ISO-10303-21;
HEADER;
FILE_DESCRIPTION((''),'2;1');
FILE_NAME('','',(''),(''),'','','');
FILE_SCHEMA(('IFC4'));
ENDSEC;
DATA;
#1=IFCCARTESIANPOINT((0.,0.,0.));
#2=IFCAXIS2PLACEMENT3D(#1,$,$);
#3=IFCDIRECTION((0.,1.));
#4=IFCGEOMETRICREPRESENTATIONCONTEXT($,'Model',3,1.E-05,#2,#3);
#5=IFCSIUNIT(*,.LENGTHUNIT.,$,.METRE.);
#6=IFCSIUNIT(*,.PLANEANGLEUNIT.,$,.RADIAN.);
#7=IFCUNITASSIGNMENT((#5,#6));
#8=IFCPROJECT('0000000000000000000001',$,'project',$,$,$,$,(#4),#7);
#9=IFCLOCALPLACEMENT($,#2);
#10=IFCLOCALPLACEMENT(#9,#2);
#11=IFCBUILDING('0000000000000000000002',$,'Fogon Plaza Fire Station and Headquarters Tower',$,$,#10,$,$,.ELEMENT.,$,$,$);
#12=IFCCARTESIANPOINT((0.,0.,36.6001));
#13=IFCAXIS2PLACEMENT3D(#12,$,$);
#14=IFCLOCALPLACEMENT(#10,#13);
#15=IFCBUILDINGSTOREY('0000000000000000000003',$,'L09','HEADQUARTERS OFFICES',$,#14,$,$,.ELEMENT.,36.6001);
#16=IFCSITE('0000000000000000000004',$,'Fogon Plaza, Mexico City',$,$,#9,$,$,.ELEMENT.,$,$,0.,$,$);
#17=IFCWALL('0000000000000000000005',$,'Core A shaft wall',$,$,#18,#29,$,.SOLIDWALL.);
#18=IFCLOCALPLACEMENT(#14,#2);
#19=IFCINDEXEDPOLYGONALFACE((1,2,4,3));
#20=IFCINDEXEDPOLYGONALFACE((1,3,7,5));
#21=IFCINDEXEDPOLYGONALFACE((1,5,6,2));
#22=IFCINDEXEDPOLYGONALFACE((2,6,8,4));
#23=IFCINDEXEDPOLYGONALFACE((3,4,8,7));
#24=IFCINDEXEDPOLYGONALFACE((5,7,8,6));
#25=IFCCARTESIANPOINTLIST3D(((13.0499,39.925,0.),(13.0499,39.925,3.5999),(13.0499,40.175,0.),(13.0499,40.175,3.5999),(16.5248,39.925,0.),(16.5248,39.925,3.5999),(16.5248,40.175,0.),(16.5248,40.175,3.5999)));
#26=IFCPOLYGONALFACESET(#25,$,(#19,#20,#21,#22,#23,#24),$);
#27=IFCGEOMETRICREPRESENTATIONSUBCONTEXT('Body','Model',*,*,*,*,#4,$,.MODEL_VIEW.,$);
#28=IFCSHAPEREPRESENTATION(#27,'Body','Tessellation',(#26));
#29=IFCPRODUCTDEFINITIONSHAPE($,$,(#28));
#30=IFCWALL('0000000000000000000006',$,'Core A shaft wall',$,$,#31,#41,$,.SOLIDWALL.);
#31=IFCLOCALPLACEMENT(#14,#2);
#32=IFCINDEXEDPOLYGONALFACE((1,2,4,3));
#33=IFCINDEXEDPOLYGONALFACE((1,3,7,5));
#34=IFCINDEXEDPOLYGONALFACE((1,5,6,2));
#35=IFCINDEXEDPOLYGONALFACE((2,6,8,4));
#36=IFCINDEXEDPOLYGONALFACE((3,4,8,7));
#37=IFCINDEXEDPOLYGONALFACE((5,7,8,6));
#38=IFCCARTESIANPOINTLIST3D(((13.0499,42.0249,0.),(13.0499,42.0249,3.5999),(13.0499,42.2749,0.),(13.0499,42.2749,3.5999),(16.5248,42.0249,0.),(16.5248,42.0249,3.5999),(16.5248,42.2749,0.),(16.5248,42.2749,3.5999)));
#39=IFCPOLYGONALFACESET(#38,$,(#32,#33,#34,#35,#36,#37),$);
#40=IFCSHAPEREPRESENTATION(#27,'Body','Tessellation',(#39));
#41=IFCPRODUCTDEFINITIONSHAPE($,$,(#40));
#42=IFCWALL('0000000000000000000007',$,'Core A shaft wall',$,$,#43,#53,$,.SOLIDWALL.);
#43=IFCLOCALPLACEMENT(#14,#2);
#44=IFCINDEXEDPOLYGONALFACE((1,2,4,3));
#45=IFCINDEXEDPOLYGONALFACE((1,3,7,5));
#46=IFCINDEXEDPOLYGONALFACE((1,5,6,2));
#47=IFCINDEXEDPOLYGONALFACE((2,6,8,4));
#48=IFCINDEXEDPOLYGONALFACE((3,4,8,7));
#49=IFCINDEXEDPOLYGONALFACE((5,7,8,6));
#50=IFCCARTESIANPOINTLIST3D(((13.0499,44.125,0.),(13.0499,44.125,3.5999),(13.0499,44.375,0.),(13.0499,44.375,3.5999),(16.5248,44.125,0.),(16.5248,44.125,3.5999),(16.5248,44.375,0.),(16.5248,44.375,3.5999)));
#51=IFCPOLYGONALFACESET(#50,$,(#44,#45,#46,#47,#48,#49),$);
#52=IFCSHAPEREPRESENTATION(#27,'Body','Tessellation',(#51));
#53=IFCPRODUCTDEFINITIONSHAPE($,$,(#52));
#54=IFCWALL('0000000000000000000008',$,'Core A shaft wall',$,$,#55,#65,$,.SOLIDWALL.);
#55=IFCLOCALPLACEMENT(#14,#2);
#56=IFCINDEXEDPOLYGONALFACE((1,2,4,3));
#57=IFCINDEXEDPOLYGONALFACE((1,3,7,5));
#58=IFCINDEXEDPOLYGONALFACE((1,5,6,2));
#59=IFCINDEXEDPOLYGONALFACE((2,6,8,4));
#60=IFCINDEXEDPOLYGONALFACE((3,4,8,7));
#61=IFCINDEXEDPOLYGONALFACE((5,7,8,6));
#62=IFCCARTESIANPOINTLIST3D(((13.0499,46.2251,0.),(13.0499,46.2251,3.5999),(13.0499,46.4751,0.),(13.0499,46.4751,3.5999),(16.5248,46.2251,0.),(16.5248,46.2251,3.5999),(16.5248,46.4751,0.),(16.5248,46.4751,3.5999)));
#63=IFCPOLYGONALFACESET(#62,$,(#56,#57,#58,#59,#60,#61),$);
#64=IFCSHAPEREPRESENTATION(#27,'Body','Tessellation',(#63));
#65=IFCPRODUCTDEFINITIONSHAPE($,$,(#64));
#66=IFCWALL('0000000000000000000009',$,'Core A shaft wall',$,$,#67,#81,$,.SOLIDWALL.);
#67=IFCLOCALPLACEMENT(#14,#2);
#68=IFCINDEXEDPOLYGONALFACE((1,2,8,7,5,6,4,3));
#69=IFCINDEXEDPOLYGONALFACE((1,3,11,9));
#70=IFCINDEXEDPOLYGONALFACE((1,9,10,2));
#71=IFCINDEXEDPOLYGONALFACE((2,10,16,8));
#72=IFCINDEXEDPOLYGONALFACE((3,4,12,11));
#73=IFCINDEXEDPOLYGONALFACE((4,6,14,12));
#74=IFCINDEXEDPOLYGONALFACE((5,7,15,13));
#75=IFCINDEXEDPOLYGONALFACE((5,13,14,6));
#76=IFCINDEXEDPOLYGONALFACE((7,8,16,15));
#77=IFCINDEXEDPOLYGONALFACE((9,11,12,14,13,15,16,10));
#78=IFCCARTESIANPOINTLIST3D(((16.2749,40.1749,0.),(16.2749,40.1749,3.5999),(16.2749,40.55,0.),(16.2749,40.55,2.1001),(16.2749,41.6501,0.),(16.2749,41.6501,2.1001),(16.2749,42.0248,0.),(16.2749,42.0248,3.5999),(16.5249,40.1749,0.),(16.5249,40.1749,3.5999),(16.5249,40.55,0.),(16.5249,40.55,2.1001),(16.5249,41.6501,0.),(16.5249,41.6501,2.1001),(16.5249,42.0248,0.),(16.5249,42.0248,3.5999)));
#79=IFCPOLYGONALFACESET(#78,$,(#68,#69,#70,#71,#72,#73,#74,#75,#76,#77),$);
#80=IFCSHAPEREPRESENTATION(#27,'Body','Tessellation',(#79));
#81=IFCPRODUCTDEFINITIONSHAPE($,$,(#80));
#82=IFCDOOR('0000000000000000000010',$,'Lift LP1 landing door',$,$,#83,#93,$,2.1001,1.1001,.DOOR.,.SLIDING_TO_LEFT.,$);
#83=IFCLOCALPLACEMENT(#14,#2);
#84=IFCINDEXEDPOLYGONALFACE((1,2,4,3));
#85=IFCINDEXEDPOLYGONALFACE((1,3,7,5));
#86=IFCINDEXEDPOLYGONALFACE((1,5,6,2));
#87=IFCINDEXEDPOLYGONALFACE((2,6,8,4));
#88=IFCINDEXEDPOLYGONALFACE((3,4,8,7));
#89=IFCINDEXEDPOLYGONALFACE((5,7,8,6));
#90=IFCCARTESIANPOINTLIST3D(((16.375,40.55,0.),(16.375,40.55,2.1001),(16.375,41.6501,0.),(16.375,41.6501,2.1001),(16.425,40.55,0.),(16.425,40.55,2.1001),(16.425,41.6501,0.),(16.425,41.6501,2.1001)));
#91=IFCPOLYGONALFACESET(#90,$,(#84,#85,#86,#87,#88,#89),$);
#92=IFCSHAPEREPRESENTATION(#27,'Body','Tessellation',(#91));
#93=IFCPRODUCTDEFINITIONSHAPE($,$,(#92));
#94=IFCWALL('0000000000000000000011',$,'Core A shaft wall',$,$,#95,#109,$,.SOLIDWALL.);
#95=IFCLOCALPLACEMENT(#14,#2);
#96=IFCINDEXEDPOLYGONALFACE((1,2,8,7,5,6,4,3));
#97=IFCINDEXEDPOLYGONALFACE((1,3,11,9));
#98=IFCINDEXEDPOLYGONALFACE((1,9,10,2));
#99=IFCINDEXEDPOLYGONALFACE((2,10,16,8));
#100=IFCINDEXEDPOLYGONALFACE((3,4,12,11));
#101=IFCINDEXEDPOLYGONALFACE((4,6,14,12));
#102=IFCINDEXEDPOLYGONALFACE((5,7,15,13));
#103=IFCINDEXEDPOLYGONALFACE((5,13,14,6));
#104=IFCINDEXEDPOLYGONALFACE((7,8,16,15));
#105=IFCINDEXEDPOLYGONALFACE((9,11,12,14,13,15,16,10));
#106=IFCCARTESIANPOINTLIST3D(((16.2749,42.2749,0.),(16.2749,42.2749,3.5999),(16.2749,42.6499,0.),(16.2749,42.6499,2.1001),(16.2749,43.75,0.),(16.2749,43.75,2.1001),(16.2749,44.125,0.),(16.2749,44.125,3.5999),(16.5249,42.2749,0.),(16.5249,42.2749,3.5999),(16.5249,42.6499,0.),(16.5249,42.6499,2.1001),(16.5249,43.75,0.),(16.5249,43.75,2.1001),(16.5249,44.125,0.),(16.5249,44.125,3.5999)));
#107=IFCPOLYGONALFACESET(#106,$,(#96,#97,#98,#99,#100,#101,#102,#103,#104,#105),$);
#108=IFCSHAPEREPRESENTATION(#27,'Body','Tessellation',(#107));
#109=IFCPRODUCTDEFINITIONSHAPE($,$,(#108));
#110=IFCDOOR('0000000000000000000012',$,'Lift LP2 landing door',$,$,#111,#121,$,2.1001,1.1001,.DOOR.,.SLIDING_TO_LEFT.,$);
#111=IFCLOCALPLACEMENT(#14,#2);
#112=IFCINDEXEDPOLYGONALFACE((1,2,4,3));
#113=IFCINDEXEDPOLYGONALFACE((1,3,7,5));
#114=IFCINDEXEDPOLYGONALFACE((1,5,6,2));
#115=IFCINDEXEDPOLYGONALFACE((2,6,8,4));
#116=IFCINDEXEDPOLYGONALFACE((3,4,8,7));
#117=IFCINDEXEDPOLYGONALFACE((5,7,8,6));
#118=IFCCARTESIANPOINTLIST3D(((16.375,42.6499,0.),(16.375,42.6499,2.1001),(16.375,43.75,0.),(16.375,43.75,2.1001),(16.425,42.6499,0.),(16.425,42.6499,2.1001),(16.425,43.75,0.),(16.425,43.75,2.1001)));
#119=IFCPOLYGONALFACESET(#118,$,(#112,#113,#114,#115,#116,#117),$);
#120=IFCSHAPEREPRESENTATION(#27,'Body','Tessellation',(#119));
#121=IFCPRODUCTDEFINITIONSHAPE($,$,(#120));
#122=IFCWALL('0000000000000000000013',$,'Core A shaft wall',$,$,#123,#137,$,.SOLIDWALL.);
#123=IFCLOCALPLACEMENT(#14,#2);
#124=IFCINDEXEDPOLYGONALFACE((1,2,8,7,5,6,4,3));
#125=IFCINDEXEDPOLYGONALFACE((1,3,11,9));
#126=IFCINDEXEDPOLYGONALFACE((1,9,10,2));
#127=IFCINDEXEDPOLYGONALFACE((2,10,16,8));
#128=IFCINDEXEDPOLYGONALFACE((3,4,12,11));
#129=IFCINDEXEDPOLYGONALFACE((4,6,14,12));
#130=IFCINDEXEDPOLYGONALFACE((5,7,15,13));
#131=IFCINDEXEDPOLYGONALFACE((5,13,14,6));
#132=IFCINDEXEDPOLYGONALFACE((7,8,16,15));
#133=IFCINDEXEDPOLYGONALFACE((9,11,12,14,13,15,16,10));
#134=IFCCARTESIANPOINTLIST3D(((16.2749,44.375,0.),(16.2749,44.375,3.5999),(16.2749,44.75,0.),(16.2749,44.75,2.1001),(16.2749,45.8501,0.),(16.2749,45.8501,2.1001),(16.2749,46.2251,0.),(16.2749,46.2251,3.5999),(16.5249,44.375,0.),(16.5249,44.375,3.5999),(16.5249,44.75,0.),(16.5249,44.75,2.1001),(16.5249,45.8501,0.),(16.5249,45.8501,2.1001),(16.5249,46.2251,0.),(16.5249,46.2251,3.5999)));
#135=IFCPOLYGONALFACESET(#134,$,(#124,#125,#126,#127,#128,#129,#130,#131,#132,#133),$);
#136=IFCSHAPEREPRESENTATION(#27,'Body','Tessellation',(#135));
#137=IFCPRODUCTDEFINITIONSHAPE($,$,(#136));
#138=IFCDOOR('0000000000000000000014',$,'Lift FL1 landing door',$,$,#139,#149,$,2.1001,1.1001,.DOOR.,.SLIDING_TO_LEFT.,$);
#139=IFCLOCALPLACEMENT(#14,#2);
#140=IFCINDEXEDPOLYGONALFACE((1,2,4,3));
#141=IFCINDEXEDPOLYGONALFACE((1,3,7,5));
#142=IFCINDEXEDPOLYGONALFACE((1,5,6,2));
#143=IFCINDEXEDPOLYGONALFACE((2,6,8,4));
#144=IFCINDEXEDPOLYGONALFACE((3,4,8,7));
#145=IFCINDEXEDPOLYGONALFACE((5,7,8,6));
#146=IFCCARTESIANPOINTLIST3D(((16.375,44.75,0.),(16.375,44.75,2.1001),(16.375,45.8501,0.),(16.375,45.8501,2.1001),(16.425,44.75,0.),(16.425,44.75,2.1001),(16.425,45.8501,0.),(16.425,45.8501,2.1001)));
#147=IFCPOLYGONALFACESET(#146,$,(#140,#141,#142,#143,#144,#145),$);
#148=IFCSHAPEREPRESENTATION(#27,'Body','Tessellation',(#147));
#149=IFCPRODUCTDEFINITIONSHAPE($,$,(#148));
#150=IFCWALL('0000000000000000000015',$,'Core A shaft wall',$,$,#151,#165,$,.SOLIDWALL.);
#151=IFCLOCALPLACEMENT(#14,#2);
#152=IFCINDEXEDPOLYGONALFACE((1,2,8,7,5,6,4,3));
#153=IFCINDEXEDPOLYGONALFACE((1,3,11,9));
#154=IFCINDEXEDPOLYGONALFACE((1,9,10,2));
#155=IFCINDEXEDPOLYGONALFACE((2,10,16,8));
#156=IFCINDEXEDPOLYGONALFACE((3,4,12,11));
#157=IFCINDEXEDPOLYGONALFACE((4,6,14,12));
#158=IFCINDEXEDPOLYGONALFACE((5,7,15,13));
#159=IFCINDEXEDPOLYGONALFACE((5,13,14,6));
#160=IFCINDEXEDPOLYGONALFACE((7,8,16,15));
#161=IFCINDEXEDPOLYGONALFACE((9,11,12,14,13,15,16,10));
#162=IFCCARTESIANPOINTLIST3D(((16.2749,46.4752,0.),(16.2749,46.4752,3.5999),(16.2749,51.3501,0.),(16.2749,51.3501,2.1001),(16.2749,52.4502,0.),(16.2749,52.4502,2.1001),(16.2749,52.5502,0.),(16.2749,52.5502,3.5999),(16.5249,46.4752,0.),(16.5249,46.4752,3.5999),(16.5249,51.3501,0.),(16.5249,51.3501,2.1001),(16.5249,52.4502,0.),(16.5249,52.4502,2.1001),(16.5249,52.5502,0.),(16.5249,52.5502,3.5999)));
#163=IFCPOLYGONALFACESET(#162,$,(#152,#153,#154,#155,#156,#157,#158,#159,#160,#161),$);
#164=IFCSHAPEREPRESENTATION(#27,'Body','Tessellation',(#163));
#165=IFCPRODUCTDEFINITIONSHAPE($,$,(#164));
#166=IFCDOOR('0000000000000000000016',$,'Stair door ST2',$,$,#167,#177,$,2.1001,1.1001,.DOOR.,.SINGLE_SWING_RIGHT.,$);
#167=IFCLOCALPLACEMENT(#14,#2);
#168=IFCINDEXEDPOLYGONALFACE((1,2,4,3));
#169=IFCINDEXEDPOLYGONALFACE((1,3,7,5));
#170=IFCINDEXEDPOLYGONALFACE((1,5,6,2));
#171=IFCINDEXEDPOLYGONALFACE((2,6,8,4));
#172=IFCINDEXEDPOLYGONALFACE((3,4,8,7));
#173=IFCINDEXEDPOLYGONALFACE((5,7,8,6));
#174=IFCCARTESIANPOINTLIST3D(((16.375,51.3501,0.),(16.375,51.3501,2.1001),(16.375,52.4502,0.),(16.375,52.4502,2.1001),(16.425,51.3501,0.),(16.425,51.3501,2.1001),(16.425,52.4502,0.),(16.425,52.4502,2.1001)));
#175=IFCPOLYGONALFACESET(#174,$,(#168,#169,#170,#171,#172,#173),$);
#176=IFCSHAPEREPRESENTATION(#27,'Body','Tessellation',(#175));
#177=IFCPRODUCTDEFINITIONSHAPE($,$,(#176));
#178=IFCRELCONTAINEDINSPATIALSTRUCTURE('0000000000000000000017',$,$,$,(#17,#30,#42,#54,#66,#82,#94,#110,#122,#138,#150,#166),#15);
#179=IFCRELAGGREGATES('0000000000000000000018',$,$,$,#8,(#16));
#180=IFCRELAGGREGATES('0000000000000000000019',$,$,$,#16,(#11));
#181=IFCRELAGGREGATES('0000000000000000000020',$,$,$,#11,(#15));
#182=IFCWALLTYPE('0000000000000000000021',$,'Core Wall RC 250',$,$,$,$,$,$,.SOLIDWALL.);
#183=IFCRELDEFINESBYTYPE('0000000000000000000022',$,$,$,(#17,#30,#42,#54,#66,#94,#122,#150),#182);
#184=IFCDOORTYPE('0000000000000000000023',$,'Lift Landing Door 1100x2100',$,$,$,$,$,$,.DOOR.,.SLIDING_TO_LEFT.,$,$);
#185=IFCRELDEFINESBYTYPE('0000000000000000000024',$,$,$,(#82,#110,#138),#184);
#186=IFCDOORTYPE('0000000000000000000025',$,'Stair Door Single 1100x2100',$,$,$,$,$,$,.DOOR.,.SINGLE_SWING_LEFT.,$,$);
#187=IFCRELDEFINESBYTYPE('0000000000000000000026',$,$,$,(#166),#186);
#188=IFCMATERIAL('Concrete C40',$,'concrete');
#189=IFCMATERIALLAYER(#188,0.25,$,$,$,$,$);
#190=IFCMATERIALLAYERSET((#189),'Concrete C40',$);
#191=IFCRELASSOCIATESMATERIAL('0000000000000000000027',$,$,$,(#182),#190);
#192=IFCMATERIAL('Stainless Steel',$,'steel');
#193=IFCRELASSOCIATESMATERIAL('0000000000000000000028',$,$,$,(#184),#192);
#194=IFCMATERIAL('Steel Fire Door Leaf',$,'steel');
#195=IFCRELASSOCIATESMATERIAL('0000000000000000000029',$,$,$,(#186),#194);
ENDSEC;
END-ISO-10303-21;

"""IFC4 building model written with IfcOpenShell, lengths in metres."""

from ifc_helpers import new_model, si_unit, direction, frame, frame_2d, origin, place, context, subcontext, project, spatial, rectangle, extrude, material, layer, layer_set, type_object, element, fill, save


model = new_model("IFC4")

# Units and contexts
model_context = context("Model", 3, precision=1e-05, world=origin(), true_north=direction((0.0, 1.0)))
body_context = subcontext(model_context, "Body", "Model", "MODEL_VIEW")
ifc_project = project(units=[si_unit("LENGTHUNIT", "METRE"), si_unit("PLANEANGLEUNIT", "RADIAN")], contexts=[model_context])

# Site, building, storey
site_placement = place(None, origin())
site = spatial("IfcSite", under=ifc_project, at=site_placement, Name="Fogon Plaza, Mexico City", CompositionType="ELEMENT", RefElevation=0.0)
building_placement = place(site_placement, origin())
building = spatial("IfcBuilding", under=site, at=building_placement, Name="Fogon Plaza Fire Station and Headquarters Tower", CompositionType="ELEMENT")
storey_placement = place(building_placement, frame((0.0, 0.0, 36.6001)))
storey = spatial("IfcBuildingStorey", under=building, at=storey_placement, Name="L09", Description="HEADQUARTERS OFFICES", CompositionType="ELEMENT", Elevation=36.6001)

# Walls
ifc_material_1 = material(Name="Concrete C40", Category="concrete")
ifc_layer = layer(ifc_material_1, 0.25)
ifc_layer_set = layer_set([ifc_layer], Name="Concrete C40")
wall_type = type_object("IfcWallType", Name="Core Wall RC 250", PredefinedType="SOLIDWALL", material=ifc_layer_set)
for number, where, z_axis, x_axis, name in (
    (1, (13.05, 40.05, 0.0), (0.0, 0.0, 1.0), (1.0, 0.0, 0.0), "Core A shaft wall"),
    (2, (13.05, 42.1499, 0.0), (0.0, 0.0, 1.0), (1.0, 0.0, 0.0), "Core A shaft wall"),
    (3, (13.05, 44.25, 0.0), (0.0, 0.0, 1.0), (1.0, 0.0, 0.0), "Core A shaft wall"),
    (4, (13.05, 46.3501, 0.0), (0.0, 0.0, 1.0), (1.0, 0.0, 0.0), "Core A shaft wall"),
):
    element("IfcWall", number, at=place(storey_placement, frame(where, z_axis=z_axis, x_axis=x_axis)), inside=storey, type_object=wall_type, Name=name, PredefinedType="SOLIDWALL", context=body_context, shape_type="SweptSolid", body=[
        extrude(rectangle(XDim=3.4749, YDim=0.25, at=frame_2d((1.7373, 0.0))), origin(), (0.0, 0.0, 1.0), 3.5999),
    ])

# Walls, openings, doors
wall_1_placement = place(storey_placement, frame((16.3999, 40.175, 0.0), z_axis=(0.0, 0.0, 1.0), x_axis=(0.0, 1.0, 0.0)))
wall_1 = element("IfcWall", 5, at=wall_1_placement, inside=storey, type_object=wall_type, Name="Core A shaft wall", PredefinedType="SOLIDWALL", context=body_context, shape_type="SweptSolid", body=[
    extrude(rectangle(XDim=1.8499, YDim=0.25, at=frame_2d((0.9248, 0.0))), origin(), (0.0, 0.0, 1.0), 3.5999),
])
opening_1_placement = place(wall_1_placement, frame((0.375, 0.0, 0.0)))
opening_1 = element("IfcOpeningElement", 6, at=opening_1_placement, cuts=wall_1, PredefinedType="OPENING", context=body_context, shape_type="SweptSolid", body=[
    extrude(rectangle(XDim=1.1001, YDim=2.1001, at=frame_2d((0.55, 1.05))), frame((0.0, 0.135, 0.0), z_axis=(0.0, -1.0, 0.0), x_axis=(1.0, 0.0, 0.0)), (0.0, 0.0, 1.0), 0.27),
])
ifc_material_2 = material(Name="Stainless Steel", Category="steel")
door_type_1 = type_object("IfcDoorType", Name="Lift Landing Door 1100x2100", OperationType="SLIDING_TO_LEFT", PredefinedType="DOOR", material=ifc_material_2)
door_1_placement = place(opening_1_placement, origin())
door_1 = element("IfcDoor", 7, at=door_1_placement, inside=storey, type_object=door_type_1, Name="Lift LP1 landing door", OperationType="SLIDING_TO_LEFT", OverallHeight=2.1001, OverallWidth=1.1001, PredefinedType="DOOR", context=body_context, shape_type="SweptSolid", body=[
    extrude(rectangle(XDim=1.1001, YDim=2.1001, at=frame_2d((0.55, 1.05))), frame((0.0, 0.0249, 0.0), z_axis=(0.0, -1.0, 0.0), x_axis=(1.0, 0.0, 0.0)), (0.0, 0.0, 1.0), 0.05),
])
fill(opening_1, door_1)
wall_2_placement = place(storey_placement, frame((16.3999, 42.2749, 0.0), z_axis=(0.0, 0.0, 1.0), x_axis=(0.0, 1.0, 0.0)))
wall_2 = element("IfcWall", 8, at=wall_2_placement, inside=storey, type_object=wall_type, Name="Core A shaft wall", PredefinedType="SOLIDWALL", context=body_context, shape_type="SweptSolid", body=[
    extrude(rectangle(XDim=1.8501, YDim=0.25, at=frame_2d((0.925, 0.0))), origin(), (0.0, 0.0, 1.0), 3.5999),
])
opening_2_placement = place(wall_2_placement, frame((0.375, 0.0, 0.0)))
opening_2 = element("IfcOpeningElement", 9, at=opening_2_placement, cuts=wall_2, PredefinedType="OPENING", context=body_context, shape_type="SweptSolid", body=[
    extrude(rectangle(XDim=1.1001, YDim=2.1001, at=frame_2d((0.55, 1.05))), frame((0.0, 0.135, 0.0), z_axis=(0.0, -1.0, 0.0), x_axis=(1.0, 0.0, 0.0)), (0.0, 0.0, 1.0), 0.27),
])
door_2_placement = place(opening_2_placement, origin())
door_2 = element("IfcDoor", 10, at=door_2_placement, inside=storey, type_object=door_type_1, Name="Lift LP2 landing door", OperationType="SLIDING_TO_LEFT", OverallHeight=2.1001, OverallWidth=1.1001, PredefinedType="DOOR", context=body_context, shape_type="SweptSolid", body=[
    extrude(rectangle(XDim=1.1001, YDim=2.1001, at=frame_2d((0.55, 1.05))), frame((0.0, 0.0249, 0.0), z_axis=(0.0, -1.0, 0.0), x_axis=(1.0, 0.0, 0.0)), (0.0, 0.0, 1.0), 0.05),
])
fill(opening_2, door_2)
wall_3_placement = place(storey_placement, frame((16.3999, 44.375, 0.0), z_axis=(0.0, 0.0, 1.0), x_axis=(0.0, 1.0, 0.0)))
wall_3 = element("IfcWall", 11, at=wall_3_placement, inside=storey, type_object=wall_type, Name="Core A shaft wall", PredefinedType="SOLIDWALL", context=body_context, shape_type="SweptSolid", body=[
    extrude(rectangle(XDim=1.8501, YDim=0.25, at=frame_2d((0.925, 0.0))), origin(), (0.0, 0.0, 1.0), 3.5999),
])
opening_3_placement = place(wall_3_placement, frame((0.375, 0.0, 0.0)))
opening_3 = element("IfcOpeningElement", 12, at=opening_3_placement, cuts=wall_3, PredefinedType="OPENING", context=body_context, shape_type="SweptSolid", body=[
    extrude(rectangle(XDim=1.1001, YDim=2.1001, at=frame_2d((0.55, 1.05))), frame((0.0, 0.135, 0.0), z_axis=(0.0, -1.0, 0.0), x_axis=(1.0, 0.0, 0.0)), (0.0, 0.0, 1.0), 0.27),
])
door_3_placement = place(opening_3_placement, origin())
door_3 = element("IfcDoor", 13, at=door_3_placement, inside=storey, type_object=door_type_1, Name="Lift FL1 landing door", OperationType="SLIDING_TO_LEFT", OverallHeight=2.1001, OverallWidth=1.1001, PredefinedType="DOOR", context=body_context, shape_type="SweptSolid", body=[
    extrude(rectangle(XDim=1.1001, YDim=2.1001, at=frame_2d((0.55, 1.05))), frame((0.0, 0.0249, 0.0), z_axis=(0.0, -1.0, 0.0), x_axis=(1.0, 0.0, 0.0)), (0.0, 0.0, 1.0), 0.05),
])
fill(opening_3, door_3)
wall_4_placement = place(storey_placement, frame((16.3999, 46.4751, 0.0), z_axis=(0.0, 0.0, 1.0), x_axis=(0.0, 1.0, 0.0)))
wall_4 = element("IfcWall", 14, at=wall_4_placement, inside=storey, type_object=wall_type, Name="Core A shaft wall", PredefinedType="SOLIDWALL", context=body_context, shape_type="SweptSolid", body=[
    extrude(rectangle(XDim=6.075, YDim=0.25, at=frame_2d((3.0376, 0.0))), origin(), (0.0, 0.0, 1.0), 3.5999),
])
opening_4_placement = place(wall_4_placement, frame((4.875, 0.0, 0.0)))
opening_4 = element("IfcOpeningElement", 15, at=opening_4_placement, cuts=wall_4, PredefinedType="OPENING", context=body_context, shape_type="SweptSolid", body=[
    extrude(rectangle(XDim=1.1001, YDim=2.1001, at=frame_2d((0.55, 1.05))), frame((0.0, 0.135, 0.0), z_axis=(0.0, -1.0, 0.0), x_axis=(1.0, 0.0, 0.0)), (0.0, 0.0, 1.0), 0.27),
])
ifc_material_3 = material(Name="Steel Fire Door Leaf", Category="steel")
door_type_2 = type_object("IfcDoorType", Name="Stair Door Single 1100x2100", OperationType="SINGLE_SWING_LEFT", PredefinedType="DOOR", material=ifc_material_3)
door_4_placement = place(opening_4_placement, origin())
door_4 = element("IfcDoor", 16, at=door_4_placement, inside=storey, type_object=door_type_2, Name="Stair door ST2", OperationType="SINGLE_SWING_RIGHT", OverallHeight=2.1001, OverallWidth=1.1001, PredefinedType="DOOR", context=body_context, shape_type="SweptSolid", body=[
    extrude(rectangle(XDim=1.1001, YDim=2.1001, at=frame_2d((0.55, 1.05))), frame((0.0, 0.0249, 0.0), z_axis=(0.0, -1.0, 0.0), x_axis=(1.0, 0.0, 0.0)), (0.0, 0.0, 1.0), 0.05),
])
fill(opening_4, door_4)

save(model, "model.ifc")
